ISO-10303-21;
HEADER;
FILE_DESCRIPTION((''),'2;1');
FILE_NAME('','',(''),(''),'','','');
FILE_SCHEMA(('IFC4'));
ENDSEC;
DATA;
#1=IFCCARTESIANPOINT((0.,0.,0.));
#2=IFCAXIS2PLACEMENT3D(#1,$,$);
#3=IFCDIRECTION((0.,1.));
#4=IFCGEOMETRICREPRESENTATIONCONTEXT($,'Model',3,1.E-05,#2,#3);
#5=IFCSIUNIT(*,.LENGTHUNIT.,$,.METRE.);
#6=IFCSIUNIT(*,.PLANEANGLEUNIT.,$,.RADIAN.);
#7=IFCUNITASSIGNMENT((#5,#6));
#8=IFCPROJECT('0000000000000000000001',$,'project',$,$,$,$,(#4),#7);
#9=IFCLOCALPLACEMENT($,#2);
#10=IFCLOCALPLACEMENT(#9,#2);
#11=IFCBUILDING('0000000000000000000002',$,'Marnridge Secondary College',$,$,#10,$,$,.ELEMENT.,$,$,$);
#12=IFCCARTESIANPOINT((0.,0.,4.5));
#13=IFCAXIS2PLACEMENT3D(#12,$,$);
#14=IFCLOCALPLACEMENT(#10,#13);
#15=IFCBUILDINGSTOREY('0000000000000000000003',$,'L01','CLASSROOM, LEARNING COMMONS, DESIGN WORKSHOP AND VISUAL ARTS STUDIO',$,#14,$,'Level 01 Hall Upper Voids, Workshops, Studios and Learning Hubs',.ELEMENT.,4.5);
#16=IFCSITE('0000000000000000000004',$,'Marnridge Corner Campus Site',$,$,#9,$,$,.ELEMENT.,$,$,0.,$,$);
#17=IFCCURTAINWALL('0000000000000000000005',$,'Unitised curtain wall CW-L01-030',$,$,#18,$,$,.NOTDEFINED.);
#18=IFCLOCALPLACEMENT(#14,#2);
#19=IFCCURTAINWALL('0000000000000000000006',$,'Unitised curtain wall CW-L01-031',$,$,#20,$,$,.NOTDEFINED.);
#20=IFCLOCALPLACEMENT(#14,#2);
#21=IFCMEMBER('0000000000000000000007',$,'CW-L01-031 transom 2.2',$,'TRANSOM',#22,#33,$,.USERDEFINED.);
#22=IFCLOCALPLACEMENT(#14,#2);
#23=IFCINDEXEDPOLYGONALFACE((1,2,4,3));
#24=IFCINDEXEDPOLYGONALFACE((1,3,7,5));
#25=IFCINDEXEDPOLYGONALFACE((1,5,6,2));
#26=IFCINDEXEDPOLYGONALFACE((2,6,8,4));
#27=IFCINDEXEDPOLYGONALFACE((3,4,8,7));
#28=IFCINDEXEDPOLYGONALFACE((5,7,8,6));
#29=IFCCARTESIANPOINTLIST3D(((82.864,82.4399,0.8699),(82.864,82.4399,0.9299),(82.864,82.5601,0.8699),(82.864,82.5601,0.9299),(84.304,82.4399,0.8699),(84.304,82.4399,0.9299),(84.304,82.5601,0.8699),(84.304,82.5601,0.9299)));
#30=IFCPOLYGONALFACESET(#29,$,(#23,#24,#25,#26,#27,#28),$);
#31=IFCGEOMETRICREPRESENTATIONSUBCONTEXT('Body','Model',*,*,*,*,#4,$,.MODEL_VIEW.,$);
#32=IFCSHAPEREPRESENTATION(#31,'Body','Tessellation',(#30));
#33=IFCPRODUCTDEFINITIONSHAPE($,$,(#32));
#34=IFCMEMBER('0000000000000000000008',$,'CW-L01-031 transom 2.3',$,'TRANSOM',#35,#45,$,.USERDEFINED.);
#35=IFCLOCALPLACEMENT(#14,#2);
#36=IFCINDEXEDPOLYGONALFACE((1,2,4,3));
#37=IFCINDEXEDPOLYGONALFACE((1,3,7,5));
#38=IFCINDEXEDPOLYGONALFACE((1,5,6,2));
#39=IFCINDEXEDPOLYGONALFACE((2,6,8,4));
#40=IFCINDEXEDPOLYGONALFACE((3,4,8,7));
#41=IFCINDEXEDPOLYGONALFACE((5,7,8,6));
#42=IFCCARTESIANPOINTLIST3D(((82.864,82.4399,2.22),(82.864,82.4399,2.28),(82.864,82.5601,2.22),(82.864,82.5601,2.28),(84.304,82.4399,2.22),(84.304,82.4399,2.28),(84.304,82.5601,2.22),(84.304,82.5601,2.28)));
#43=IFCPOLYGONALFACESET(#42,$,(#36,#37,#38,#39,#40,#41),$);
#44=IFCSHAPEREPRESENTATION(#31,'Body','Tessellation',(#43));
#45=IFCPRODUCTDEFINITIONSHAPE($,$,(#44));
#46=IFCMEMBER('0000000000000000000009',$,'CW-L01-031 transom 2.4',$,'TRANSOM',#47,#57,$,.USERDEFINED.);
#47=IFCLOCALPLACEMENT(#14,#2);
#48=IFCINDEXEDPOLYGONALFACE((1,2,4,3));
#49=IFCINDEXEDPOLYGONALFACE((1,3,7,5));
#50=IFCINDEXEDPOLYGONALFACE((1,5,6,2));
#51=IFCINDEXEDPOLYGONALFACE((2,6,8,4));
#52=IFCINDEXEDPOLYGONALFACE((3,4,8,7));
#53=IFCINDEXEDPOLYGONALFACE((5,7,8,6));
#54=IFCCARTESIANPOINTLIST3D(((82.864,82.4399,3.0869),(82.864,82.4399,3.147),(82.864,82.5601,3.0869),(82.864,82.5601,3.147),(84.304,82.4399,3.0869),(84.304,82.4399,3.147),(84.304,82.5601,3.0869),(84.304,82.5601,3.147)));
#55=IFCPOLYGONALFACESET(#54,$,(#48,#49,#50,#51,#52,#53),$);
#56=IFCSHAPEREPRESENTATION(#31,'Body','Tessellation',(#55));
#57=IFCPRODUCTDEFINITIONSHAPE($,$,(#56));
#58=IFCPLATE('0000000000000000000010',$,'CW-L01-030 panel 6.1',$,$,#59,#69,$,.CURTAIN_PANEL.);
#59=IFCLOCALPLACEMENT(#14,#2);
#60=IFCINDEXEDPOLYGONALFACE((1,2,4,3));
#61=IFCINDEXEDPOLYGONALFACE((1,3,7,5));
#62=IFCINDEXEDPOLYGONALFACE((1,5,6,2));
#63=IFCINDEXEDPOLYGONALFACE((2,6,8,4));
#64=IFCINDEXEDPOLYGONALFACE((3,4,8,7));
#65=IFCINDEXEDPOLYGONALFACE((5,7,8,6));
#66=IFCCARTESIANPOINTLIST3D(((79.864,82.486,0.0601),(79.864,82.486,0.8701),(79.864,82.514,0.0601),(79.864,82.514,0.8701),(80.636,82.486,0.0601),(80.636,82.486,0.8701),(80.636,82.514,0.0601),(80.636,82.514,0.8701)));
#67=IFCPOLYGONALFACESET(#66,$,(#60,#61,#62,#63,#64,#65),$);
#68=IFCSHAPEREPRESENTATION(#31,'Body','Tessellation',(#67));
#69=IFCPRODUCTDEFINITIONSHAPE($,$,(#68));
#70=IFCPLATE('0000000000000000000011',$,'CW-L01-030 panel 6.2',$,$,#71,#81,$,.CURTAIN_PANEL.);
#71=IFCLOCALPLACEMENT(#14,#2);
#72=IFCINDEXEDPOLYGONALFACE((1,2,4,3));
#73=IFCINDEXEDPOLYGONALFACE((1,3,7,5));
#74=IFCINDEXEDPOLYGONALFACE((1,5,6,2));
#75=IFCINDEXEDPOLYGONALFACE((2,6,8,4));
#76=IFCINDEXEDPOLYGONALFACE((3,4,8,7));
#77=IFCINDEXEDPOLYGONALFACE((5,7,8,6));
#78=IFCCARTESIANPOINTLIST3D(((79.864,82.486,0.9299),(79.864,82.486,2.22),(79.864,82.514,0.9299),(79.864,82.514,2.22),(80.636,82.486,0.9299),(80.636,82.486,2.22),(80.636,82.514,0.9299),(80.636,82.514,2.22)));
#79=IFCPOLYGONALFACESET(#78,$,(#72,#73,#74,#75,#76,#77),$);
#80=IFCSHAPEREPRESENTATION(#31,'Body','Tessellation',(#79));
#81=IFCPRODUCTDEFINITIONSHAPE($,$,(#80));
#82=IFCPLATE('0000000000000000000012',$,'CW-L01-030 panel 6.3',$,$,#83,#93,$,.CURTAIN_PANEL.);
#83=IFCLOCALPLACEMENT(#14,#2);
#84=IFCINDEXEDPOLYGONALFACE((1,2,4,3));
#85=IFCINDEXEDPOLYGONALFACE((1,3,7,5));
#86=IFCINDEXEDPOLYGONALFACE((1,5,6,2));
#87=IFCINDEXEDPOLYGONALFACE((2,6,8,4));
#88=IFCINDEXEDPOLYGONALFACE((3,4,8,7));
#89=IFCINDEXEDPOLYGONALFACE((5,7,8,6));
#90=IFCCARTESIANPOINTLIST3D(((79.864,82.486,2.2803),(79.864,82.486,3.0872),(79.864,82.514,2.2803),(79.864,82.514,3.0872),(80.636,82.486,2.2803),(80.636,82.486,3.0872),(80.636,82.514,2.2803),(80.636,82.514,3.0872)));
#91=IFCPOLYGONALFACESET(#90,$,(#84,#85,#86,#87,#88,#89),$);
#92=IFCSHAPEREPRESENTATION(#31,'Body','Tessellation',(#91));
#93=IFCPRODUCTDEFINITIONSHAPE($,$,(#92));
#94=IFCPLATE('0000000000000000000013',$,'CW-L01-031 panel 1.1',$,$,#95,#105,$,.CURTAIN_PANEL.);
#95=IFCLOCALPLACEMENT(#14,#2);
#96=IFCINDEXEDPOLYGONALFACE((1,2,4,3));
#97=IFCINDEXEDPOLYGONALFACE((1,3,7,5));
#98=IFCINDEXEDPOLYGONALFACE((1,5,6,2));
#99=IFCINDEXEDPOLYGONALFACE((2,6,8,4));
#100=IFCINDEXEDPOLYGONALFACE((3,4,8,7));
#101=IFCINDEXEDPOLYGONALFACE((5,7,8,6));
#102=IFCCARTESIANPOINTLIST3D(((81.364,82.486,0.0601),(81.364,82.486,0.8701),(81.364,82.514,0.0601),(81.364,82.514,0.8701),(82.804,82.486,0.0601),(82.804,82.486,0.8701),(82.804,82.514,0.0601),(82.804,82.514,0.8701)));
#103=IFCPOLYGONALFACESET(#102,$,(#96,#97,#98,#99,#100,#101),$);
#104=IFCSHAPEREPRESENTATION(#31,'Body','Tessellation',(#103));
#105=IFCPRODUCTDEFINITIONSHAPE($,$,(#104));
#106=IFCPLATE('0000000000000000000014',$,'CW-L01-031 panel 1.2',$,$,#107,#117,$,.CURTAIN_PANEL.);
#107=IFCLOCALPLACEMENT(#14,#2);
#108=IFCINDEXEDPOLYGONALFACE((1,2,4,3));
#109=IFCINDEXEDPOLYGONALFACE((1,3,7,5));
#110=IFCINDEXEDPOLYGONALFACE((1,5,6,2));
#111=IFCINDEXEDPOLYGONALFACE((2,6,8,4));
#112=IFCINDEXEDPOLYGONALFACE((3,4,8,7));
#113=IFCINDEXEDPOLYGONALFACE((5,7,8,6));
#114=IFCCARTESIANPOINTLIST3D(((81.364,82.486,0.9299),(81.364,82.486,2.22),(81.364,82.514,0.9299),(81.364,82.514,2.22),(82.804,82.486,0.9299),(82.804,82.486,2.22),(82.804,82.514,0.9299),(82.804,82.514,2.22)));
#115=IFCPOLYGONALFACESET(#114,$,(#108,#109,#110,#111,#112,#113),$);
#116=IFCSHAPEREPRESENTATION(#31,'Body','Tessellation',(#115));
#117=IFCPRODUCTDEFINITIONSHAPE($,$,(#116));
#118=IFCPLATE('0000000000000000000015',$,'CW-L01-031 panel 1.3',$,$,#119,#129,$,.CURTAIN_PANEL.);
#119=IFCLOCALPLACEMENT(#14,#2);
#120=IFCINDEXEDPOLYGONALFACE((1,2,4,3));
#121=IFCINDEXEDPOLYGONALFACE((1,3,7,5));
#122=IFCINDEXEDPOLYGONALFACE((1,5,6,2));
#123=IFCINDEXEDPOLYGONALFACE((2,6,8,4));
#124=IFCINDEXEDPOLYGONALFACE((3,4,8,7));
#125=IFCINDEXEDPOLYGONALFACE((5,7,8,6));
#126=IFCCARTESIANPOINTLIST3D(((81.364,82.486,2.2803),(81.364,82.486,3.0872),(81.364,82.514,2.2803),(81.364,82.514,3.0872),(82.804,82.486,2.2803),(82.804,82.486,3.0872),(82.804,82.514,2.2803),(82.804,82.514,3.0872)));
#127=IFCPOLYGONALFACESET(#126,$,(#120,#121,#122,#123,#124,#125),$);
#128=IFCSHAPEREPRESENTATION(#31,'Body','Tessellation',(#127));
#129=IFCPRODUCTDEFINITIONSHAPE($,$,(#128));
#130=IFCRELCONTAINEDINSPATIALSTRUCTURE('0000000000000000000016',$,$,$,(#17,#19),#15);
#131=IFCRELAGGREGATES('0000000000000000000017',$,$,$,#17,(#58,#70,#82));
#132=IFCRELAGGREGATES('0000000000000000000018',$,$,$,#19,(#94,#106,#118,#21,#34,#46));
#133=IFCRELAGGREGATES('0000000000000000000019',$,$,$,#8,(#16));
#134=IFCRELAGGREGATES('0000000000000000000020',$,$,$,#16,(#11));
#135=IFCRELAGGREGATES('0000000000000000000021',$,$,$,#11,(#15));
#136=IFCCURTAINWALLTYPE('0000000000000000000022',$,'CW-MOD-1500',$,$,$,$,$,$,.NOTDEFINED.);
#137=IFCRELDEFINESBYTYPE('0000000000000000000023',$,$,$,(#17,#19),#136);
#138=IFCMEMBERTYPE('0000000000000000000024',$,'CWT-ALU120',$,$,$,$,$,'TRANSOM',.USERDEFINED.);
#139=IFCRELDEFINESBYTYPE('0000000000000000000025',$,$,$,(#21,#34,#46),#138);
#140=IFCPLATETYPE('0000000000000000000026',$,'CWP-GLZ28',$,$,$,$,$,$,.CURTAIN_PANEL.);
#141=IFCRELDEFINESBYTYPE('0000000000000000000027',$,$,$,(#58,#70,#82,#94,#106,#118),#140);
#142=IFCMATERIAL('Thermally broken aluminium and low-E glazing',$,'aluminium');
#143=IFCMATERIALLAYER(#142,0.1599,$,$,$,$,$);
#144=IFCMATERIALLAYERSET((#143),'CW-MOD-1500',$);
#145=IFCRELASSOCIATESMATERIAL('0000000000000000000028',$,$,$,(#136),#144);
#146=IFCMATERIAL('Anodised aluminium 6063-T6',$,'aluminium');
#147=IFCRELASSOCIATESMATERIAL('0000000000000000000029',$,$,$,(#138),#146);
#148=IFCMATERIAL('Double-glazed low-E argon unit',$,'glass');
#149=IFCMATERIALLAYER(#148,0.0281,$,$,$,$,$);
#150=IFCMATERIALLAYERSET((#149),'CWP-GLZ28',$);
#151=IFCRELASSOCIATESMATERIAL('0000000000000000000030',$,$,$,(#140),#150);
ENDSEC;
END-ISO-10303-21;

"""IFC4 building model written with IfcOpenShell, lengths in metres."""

from ifc_helpers import new_model, si_unit, direction, frame, origin, origin_2d, place, context, subcontext, project, spatial, rectangle, extrude, material, layer, layer_set, material_profile, profile_set, type_object, element, aggregate, save


model = new_model("IFC4")

# Units and contexts
model_context = context("Model", 3, precision=1e-05, world=origin(), true_north=direction((0.0, 1.0)))
body_context = subcontext(model_context, "Body", "Model", "MODEL_VIEW")
ifc_project = project(units=[si_unit("LENGTHUNIT", "METRE"), si_unit("PLANEANGLEUNIT", "RADIAN")], contexts=[model_context])

# Site, building, storey
site_placement = place(None, origin())
site = spatial("IfcSite", under=ifc_project, at=site_placement, Name="Marnridge Corner Campus Site", CompositionType="ELEMENT", RefElevation=0.0)
building_placement = place(site_placement, origin())
building = spatial("IfcBuilding", under=site, at=building_placement, Name="Marnridge Secondary College", CompositionType="ELEMENT")
storey_placement = place(building_placement, frame((0.0, 0.0, 4.5)))
storey = spatial("IfcBuildingStorey", under=building, at=storey_placement, Name="L01", Description="CLASSROOM, LEARNING COMMONS, DESIGN WORKSHOP AND VISUAL ARTS STUDIO", LongName="Level 01 Hall Upper Voids, Workshops, Studios and Learning Hubs", CompositionType="ELEMENT", Elevation=4.5)

# Curtain wall
ifc_material_1 = material(Name="Thermally broken aluminium and low-E glazing", Category="aluminium")
ifc_layer_1 = layer(ifc_material_1, 0.1599)
ifc_layer_set_1 = layer_set([ifc_layer_1], Name="CW-MOD-1500")
curtain_wall_type = type_object("IfcCurtainWallType", Name="CW-MOD-1500", PredefinedType="NOTDEFINED", material=ifc_layer_set_1)
curtain_wall_1_placement = place(storey_placement, origin())
curtain_wall_1 = element("IfcCurtainWall", 1, at=curtain_wall_1_placement, inside=storey, type_object=curtain_wall_type, Name="Unitised curtain wall CW-L01-030", PredefinedType="NOTDEFINED")

# Curtain wall
curtain_wall_2_placement = place(storey_placement, origin())
curtain_wall_2 = element("IfcCurtainWall", 2, at=curtain_wall_2_placement, inside=storey, type_object=curtain_wall_type, Name="Unitised curtain wall CW-L01-031", PredefinedType="NOTDEFINED")

# Members
ifc_material_2 = material(Name="Anodised aluminium 6063-T6", Category="aluminium")
ifc_material_profile_1 = material_profile(ifc_material_2, rectangle(XDim=0.0601, YDim=0.1201, at=origin_2d()), Name="ALU 60x120")
ifc_profile_set_1 = profile_set([ifc_material_profile_1], Name="Anodised aluminium 6063-T6")
member_type_1 = type_object("IfcMemberType", Name="CWT-ALU120", ElementType="TRANSOM", PredefinedType="USERDEFINED", material=ifc_profile_set_1)
member_1_placement = place(storey_placement, frame((82.864, 82.5, 0.8999), z_axis=(1.0, 0.0, 0.0), x_axis=(0.0, 0.0, 1.0)))
member_1 = element("IfcMember", 3, at=member_1_placement, type_object=member_type_1, Name="CW-L01-031 transom 2.2", ObjectType="TRANSOM", PredefinedType="USERDEFINED", context=body_context, shape_type="SweptSolid", body=[
    extrude(rectangle(XDim=0.0601, YDim=0.1201, at=origin_2d()), origin(), (0.0, 0.0, 1.0), 1.4399),
])
member_2_placement = place(storey_placement, frame((82.864, 82.5, 2.25), z_axis=(1.0, 0.0, 0.0), x_axis=(0.0, 0.0, 1.0)))
member_2 = element("IfcMember", 4, at=member_2_placement, type_object=member_type_1, Name="CW-L01-031 transom 2.3", ObjectType="TRANSOM", PredefinedType="USERDEFINED", context=body_context, shape_type="SweptSolid", body=[
    extrude(rectangle(XDim=0.0601, YDim=0.1201, at=origin_2d()), origin(), (0.0, 0.0, 1.0), 1.4399),
])
member_3_placement = place(storey_placement, frame((82.864, 82.5, 3.1169), z_axis=(1.0, 0.0, 0.0), x_axis=(0.0, 0.0, 1.0)))
member_3 = element("IfcMember", 5, at=member_3_placement, type_object=member_type_1, Name="CW-L01-031 transom 2.4", ObjectType="TRANSOM", PredefinedType="USERDEFINED", context=body_context, shape_type="SweptSolid", body=[
    extrude(rectangle(XDim=0.0601, YDim=0.1201, at=origin_2d()), origin(), (0.0, 0.0, 1.0), 1.4399),
])

# Plates
ifc_material_3 = material(Name="Double-glazed low-E argon unit", Category="glass")
ifc_layer_2 = layer(ifc_material_3, 0.0281)
ifc_layer_set_2 = layer_set([ifc_layer_2], Name="CWP-GLZ28")
plate_type = type_object("IfcPlateType", Name="CWP-GLZ28", PredefinedType="CURTAIN_PANEL", material=ifc_layer_set_2)
plate_1_placement = place(storey_placement, frame((80.25, 82.5, 0.0601), z_axis=(0.0, 0.0, 1.0), x_axis=(1.0, 0.0, 0.0)))
plate_1 = element("IfcPlate", 6, at=plate_1_placement, type_object=plate_type, Name="CW-L01-030 panel 6.1", PredefinedType="CURTAIN_PANEL", context=body_context, shape_type="SweptSolid", body=[
    extrude(rectangle(XDim=0.772, YDim=0.0281, at=origin_2d()), origin(), (0.0, 0.0, 1.0), 0.8101),
])
plate_2_placement = place(storey_placement, frame((80.25, 82.5, 0.9299), z_axis=(0.0, 0.0, 1.0), x_axis=(1.0, 0.0, 0.0)))
plate_2 = element("IfcPlate", 7, at=plate_2_placement, type_object=plate_type, Name="CW-L01-030 panel 6.2", PredefinedType="CURTAIN_PANEL", context=body_context, shape_type="SweptSolid", body=[
    extrude(rectangle(XDim=0.772, YDim=0.0281, at=origin_2d()), origin(), (0.0, 0.0, 1.0), 1.29),
])
plate_3_placement = place(storey_placement, frame((80.25, 82.5, 2.2803), z_axis=(0.0, 0.0, 1.0), x_axis=(1.0, 0.0, 0.0)))
plate_3 = element("IfcPlate", 8, at=plate_3_placement, type_object=plate_type, Name="CW-L01-030 panel 6.3", PredefinedType="CURTAIN_PANEL", context=body_context, shape_type="SweptSolid", body=[
    extrude(rectangle(XDim=0.772, YDim=0.0281, at=origin_2d()), origin(), (0.0, 0.0, 1.0), 0.8069),
])
aggregate(curtain_wall_1, [plate_1, plate_2, plate_3])
plate_4_placement = place(storey_placement, frame((82.084, 82.5, 0.0601), z_axis=(0.0, 0.0, 1.0), x_axis=(1.0, 0.0, 0.0)))
plate_4 = element("IfcPlate", 9, at=plate_4_placement, type_object=plate_type, Name="CW-L01-031 panel 1.1", PredefinedType="CURTAIN_PANEL", context=body_context, shape_type="SweptSolid", body=[
    extrude(rectangle(XDim=1.4399, YDim=0.0281, at=origin_2d()), origin(), (0.0, 0.0, 1.0), 0.8101),
])
plate_5_placement = place(storey_placement, frame((82.084, 82.5, 0.9299), z_axis=(0.0, 0.0, 1.0), x_axis=(1.0, 0.0, 0.0)))
plate_5 = element("IfcPlate", 10, at=plate_5_placement, type_object=plate_type, Name="CW-L01-031 panel 1.2", PredefinedType="CURTAIN_PANEL", context=body_context, shape_type="SweptSolid", body=[
    extrude(rectangle(XDim=1.4399, YDim=0.0281, at=origin_2d()), origin(), (0.0, 0.0, 1.0), 1.29),
])
plate_6_placement = place(storey_placement, frame((82.084, 82.5, 2.2803), z_axis=(0.0, 0.0, 1.0), x_axis=(1.0, 0.0, 0.0)))
plate_6 = element("IfcPlate", 11, at=plate_6_placement, type_object=plate_type, Name="CW-L01-031 panel 1.3", PredefinedType="CURTAIN_PANEL", context=body_context, shape_type="SweptSolid", body=[
    extrude(rectangle(XDim=1.4399, YDim=0.0281, at=origin_2d()), origin(), (0.0, 0.0, 1.0), 0.8069),
])
aggregate(curtain_wall_2, [plate_4, plate_5, plate_6, member_1, member_2, member_3])

save(model, "model.ifc")
